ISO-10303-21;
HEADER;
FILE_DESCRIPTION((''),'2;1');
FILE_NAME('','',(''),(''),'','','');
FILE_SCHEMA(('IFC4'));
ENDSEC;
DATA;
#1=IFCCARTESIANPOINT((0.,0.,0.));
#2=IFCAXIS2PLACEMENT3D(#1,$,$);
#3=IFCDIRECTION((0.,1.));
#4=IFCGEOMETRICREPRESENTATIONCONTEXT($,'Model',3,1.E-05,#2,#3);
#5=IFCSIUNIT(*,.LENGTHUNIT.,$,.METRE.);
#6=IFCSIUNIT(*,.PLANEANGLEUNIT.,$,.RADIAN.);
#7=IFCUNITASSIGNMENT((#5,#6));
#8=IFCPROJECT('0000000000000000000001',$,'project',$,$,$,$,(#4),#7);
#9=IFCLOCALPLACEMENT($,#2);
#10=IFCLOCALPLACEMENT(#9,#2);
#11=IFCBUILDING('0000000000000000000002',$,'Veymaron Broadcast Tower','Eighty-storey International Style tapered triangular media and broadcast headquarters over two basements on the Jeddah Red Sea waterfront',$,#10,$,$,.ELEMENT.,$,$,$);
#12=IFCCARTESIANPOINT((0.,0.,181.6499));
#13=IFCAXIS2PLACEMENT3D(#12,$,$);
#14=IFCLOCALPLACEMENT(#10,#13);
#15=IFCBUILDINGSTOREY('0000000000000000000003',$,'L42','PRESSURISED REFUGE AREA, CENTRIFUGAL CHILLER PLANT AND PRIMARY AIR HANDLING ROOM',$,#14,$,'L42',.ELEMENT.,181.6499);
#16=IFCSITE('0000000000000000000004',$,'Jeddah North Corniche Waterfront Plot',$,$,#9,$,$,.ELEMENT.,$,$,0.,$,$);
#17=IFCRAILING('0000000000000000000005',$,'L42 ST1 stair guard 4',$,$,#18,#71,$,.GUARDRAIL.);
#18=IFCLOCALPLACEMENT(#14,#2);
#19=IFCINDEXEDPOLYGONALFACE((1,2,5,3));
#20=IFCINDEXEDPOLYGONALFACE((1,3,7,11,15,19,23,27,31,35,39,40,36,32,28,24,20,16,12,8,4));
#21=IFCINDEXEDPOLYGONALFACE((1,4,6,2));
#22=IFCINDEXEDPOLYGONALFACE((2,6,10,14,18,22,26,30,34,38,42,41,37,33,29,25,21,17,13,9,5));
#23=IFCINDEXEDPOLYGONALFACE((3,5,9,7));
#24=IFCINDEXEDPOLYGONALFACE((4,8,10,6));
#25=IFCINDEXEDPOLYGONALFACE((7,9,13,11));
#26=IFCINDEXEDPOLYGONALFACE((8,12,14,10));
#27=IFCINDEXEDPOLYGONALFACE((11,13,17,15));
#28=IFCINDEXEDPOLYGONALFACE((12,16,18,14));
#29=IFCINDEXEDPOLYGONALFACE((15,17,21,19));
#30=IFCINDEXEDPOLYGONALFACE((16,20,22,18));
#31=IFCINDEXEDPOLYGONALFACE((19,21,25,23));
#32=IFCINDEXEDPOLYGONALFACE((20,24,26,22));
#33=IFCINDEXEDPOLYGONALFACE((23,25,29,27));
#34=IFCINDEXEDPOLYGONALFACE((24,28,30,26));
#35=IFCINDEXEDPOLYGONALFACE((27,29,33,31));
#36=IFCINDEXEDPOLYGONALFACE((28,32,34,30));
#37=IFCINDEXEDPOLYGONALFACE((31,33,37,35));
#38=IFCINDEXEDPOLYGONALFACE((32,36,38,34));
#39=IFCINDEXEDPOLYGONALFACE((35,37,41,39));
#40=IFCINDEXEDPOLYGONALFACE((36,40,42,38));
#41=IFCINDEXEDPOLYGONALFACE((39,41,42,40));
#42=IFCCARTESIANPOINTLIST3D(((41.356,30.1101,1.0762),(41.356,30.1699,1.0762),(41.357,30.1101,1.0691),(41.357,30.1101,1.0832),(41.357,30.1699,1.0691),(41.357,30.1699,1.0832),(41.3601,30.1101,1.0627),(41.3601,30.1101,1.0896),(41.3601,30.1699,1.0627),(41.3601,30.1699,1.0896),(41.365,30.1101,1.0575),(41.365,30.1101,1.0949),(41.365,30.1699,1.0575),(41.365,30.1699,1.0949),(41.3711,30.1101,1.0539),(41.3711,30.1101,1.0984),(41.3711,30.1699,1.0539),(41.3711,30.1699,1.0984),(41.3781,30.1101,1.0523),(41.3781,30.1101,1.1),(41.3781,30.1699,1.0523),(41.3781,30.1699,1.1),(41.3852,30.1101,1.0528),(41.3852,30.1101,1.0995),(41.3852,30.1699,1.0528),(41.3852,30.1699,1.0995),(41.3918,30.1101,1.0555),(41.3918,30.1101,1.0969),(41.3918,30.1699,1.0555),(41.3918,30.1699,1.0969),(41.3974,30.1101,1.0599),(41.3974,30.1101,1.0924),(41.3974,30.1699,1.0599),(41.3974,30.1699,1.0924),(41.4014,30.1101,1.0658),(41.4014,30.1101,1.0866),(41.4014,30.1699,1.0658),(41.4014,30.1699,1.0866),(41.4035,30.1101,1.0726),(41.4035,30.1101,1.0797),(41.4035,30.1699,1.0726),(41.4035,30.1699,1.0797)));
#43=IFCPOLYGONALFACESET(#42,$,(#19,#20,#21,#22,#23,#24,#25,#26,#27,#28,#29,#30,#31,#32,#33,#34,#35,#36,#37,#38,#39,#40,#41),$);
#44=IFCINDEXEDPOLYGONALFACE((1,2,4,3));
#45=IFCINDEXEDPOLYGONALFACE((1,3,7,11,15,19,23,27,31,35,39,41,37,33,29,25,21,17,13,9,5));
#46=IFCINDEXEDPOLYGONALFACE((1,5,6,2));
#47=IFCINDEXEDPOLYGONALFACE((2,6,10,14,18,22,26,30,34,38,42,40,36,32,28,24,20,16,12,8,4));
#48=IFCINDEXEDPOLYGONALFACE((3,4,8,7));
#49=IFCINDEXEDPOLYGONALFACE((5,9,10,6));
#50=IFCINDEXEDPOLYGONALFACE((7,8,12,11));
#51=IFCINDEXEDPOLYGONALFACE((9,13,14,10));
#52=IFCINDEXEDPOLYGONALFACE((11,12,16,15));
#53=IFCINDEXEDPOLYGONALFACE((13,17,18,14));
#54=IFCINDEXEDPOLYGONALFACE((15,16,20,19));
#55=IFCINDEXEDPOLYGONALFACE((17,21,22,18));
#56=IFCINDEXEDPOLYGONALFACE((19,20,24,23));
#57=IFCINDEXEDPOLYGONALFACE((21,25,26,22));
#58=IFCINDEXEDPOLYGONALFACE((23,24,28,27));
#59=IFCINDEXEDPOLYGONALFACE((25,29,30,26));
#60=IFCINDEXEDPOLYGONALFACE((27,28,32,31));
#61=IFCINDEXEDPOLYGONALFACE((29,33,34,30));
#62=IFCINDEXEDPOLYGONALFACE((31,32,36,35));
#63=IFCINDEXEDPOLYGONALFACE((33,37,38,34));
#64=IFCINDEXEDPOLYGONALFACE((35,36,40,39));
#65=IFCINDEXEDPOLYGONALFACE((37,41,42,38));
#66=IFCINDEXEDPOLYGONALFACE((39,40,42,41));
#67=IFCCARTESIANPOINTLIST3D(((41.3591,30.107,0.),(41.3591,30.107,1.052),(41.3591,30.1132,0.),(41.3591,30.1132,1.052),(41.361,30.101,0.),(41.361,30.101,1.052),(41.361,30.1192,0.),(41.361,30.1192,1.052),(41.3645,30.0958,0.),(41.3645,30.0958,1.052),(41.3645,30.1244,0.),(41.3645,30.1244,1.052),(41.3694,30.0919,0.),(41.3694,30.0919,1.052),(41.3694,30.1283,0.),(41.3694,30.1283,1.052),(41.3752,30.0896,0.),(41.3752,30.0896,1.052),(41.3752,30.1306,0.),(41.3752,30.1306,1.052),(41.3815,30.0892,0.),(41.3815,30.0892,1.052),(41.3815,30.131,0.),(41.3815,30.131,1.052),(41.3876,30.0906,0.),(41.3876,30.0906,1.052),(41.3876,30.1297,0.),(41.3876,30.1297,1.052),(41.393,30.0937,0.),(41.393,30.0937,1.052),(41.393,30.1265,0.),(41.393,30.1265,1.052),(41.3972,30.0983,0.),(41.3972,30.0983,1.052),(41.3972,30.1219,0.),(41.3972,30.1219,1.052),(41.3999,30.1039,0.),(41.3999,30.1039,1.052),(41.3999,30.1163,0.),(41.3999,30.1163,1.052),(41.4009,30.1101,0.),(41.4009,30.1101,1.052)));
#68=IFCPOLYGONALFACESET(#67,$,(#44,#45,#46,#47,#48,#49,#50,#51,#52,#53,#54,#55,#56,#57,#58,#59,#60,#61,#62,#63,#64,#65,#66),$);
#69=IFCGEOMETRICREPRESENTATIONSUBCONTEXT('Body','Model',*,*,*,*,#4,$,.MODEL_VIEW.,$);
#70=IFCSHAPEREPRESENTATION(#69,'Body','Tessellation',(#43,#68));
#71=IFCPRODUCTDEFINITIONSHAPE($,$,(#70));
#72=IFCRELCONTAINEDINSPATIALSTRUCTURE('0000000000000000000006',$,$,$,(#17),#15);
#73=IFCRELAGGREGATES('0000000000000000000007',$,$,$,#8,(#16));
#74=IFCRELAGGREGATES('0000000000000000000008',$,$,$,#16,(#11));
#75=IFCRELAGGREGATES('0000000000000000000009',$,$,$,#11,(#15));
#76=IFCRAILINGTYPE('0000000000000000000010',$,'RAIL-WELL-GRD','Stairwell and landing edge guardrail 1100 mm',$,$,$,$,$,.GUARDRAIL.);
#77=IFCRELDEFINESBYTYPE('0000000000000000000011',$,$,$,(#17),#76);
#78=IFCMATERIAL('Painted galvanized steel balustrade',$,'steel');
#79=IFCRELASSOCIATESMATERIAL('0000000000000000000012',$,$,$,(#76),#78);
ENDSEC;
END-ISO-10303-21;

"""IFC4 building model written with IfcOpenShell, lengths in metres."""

from ifc_helpers import new_model, si_unit, direction, frame, origin, origin_2d, place, context, subcontext, project, spatial, circle, extrude, material, type_object, element, save


model = new_model("IFC4")

# Units and contexts
model_context = context("Model", 3, precision=1e-05, world=origin(), true_north=direction((0.0, 1.0)))
body_context = subcontext(model_context, "Body", "Model", "MODEL_VIEW")
ifc_project = project(units=[si_unit("LENGTHUNIT", "METRE"), si_unit("PLANEANGLEUNIT", "RADIAN")], contexts=[model_context])

# Site, building, storey
site_placement = place(None, origin())
site = spatial("IfcSite", under=ifc_project, at=site_placement, Name="Jeddah North Corniche Waterfront Plot", CompositionType="ELEMENT", RefElevation=0.0)
building_placement = place(site_placement, origin())
building = spatial("IfcBuilding", under=site, at=building_placement, Name="Veymaron Broadcast Tower", Description="Eighty-storey International Style tapered triangular media and broadcast headquarters over two basements on the Jeddah Red Sea waterfront", CompositionType="ELEMENT")
storey_placement = place(building_placement, frame((0.0, 0.0, 181.6499)))
storey = spatial("IfcBuildingStorey", under=building, at=storey_placement, Name="L42", Description="PRESSURISED REFUGE AREA, CENTRIFUGAL CHILLER PLANT AND PRIMARY AIR HANDLING ROOM", LongName="L42", CompositionType="ELEMENT", Elevation=181.6499)

# Railing
ifc_material_1 = material(Name="Painted galvanized steel balustrade", Category="steel")
railing_type_1 = type_object("IfcRailingType", Name="RAIL-WELL-GRD", Description="Stairwell and landing edge guardrail 1100 mm", PredefinedType="GUARDRAIL", material=ifc_material_1)
railing_1_placement = place(storey_placement, frame((41.3799, 30.1101, 0.0)))
element("IfcRailing", 1, at=railing_1_placement, inside=storey, type_object=railing_type_1, Name="L42 ST1 stair guard 4", PredefinedType="GUARDRAIL", context=body_context, shape_type="SweptSolid", body=[
    extrude(circle(Radius=0.0239, at=origin_2d()), frame((0.0, 0.0, 1.0762), z_axis=(0.0, 1.0, 0.0), x_axis=(-1.0, 0.0, 0.0)), (0.0, 0.0, 1.0), 0.0598),
    extrude(circle(Radius=0.021, at=origin_2d()), origin(), (0.0, 0.0, 1.0), 1.052),
])

save(model, "model.ifc")
